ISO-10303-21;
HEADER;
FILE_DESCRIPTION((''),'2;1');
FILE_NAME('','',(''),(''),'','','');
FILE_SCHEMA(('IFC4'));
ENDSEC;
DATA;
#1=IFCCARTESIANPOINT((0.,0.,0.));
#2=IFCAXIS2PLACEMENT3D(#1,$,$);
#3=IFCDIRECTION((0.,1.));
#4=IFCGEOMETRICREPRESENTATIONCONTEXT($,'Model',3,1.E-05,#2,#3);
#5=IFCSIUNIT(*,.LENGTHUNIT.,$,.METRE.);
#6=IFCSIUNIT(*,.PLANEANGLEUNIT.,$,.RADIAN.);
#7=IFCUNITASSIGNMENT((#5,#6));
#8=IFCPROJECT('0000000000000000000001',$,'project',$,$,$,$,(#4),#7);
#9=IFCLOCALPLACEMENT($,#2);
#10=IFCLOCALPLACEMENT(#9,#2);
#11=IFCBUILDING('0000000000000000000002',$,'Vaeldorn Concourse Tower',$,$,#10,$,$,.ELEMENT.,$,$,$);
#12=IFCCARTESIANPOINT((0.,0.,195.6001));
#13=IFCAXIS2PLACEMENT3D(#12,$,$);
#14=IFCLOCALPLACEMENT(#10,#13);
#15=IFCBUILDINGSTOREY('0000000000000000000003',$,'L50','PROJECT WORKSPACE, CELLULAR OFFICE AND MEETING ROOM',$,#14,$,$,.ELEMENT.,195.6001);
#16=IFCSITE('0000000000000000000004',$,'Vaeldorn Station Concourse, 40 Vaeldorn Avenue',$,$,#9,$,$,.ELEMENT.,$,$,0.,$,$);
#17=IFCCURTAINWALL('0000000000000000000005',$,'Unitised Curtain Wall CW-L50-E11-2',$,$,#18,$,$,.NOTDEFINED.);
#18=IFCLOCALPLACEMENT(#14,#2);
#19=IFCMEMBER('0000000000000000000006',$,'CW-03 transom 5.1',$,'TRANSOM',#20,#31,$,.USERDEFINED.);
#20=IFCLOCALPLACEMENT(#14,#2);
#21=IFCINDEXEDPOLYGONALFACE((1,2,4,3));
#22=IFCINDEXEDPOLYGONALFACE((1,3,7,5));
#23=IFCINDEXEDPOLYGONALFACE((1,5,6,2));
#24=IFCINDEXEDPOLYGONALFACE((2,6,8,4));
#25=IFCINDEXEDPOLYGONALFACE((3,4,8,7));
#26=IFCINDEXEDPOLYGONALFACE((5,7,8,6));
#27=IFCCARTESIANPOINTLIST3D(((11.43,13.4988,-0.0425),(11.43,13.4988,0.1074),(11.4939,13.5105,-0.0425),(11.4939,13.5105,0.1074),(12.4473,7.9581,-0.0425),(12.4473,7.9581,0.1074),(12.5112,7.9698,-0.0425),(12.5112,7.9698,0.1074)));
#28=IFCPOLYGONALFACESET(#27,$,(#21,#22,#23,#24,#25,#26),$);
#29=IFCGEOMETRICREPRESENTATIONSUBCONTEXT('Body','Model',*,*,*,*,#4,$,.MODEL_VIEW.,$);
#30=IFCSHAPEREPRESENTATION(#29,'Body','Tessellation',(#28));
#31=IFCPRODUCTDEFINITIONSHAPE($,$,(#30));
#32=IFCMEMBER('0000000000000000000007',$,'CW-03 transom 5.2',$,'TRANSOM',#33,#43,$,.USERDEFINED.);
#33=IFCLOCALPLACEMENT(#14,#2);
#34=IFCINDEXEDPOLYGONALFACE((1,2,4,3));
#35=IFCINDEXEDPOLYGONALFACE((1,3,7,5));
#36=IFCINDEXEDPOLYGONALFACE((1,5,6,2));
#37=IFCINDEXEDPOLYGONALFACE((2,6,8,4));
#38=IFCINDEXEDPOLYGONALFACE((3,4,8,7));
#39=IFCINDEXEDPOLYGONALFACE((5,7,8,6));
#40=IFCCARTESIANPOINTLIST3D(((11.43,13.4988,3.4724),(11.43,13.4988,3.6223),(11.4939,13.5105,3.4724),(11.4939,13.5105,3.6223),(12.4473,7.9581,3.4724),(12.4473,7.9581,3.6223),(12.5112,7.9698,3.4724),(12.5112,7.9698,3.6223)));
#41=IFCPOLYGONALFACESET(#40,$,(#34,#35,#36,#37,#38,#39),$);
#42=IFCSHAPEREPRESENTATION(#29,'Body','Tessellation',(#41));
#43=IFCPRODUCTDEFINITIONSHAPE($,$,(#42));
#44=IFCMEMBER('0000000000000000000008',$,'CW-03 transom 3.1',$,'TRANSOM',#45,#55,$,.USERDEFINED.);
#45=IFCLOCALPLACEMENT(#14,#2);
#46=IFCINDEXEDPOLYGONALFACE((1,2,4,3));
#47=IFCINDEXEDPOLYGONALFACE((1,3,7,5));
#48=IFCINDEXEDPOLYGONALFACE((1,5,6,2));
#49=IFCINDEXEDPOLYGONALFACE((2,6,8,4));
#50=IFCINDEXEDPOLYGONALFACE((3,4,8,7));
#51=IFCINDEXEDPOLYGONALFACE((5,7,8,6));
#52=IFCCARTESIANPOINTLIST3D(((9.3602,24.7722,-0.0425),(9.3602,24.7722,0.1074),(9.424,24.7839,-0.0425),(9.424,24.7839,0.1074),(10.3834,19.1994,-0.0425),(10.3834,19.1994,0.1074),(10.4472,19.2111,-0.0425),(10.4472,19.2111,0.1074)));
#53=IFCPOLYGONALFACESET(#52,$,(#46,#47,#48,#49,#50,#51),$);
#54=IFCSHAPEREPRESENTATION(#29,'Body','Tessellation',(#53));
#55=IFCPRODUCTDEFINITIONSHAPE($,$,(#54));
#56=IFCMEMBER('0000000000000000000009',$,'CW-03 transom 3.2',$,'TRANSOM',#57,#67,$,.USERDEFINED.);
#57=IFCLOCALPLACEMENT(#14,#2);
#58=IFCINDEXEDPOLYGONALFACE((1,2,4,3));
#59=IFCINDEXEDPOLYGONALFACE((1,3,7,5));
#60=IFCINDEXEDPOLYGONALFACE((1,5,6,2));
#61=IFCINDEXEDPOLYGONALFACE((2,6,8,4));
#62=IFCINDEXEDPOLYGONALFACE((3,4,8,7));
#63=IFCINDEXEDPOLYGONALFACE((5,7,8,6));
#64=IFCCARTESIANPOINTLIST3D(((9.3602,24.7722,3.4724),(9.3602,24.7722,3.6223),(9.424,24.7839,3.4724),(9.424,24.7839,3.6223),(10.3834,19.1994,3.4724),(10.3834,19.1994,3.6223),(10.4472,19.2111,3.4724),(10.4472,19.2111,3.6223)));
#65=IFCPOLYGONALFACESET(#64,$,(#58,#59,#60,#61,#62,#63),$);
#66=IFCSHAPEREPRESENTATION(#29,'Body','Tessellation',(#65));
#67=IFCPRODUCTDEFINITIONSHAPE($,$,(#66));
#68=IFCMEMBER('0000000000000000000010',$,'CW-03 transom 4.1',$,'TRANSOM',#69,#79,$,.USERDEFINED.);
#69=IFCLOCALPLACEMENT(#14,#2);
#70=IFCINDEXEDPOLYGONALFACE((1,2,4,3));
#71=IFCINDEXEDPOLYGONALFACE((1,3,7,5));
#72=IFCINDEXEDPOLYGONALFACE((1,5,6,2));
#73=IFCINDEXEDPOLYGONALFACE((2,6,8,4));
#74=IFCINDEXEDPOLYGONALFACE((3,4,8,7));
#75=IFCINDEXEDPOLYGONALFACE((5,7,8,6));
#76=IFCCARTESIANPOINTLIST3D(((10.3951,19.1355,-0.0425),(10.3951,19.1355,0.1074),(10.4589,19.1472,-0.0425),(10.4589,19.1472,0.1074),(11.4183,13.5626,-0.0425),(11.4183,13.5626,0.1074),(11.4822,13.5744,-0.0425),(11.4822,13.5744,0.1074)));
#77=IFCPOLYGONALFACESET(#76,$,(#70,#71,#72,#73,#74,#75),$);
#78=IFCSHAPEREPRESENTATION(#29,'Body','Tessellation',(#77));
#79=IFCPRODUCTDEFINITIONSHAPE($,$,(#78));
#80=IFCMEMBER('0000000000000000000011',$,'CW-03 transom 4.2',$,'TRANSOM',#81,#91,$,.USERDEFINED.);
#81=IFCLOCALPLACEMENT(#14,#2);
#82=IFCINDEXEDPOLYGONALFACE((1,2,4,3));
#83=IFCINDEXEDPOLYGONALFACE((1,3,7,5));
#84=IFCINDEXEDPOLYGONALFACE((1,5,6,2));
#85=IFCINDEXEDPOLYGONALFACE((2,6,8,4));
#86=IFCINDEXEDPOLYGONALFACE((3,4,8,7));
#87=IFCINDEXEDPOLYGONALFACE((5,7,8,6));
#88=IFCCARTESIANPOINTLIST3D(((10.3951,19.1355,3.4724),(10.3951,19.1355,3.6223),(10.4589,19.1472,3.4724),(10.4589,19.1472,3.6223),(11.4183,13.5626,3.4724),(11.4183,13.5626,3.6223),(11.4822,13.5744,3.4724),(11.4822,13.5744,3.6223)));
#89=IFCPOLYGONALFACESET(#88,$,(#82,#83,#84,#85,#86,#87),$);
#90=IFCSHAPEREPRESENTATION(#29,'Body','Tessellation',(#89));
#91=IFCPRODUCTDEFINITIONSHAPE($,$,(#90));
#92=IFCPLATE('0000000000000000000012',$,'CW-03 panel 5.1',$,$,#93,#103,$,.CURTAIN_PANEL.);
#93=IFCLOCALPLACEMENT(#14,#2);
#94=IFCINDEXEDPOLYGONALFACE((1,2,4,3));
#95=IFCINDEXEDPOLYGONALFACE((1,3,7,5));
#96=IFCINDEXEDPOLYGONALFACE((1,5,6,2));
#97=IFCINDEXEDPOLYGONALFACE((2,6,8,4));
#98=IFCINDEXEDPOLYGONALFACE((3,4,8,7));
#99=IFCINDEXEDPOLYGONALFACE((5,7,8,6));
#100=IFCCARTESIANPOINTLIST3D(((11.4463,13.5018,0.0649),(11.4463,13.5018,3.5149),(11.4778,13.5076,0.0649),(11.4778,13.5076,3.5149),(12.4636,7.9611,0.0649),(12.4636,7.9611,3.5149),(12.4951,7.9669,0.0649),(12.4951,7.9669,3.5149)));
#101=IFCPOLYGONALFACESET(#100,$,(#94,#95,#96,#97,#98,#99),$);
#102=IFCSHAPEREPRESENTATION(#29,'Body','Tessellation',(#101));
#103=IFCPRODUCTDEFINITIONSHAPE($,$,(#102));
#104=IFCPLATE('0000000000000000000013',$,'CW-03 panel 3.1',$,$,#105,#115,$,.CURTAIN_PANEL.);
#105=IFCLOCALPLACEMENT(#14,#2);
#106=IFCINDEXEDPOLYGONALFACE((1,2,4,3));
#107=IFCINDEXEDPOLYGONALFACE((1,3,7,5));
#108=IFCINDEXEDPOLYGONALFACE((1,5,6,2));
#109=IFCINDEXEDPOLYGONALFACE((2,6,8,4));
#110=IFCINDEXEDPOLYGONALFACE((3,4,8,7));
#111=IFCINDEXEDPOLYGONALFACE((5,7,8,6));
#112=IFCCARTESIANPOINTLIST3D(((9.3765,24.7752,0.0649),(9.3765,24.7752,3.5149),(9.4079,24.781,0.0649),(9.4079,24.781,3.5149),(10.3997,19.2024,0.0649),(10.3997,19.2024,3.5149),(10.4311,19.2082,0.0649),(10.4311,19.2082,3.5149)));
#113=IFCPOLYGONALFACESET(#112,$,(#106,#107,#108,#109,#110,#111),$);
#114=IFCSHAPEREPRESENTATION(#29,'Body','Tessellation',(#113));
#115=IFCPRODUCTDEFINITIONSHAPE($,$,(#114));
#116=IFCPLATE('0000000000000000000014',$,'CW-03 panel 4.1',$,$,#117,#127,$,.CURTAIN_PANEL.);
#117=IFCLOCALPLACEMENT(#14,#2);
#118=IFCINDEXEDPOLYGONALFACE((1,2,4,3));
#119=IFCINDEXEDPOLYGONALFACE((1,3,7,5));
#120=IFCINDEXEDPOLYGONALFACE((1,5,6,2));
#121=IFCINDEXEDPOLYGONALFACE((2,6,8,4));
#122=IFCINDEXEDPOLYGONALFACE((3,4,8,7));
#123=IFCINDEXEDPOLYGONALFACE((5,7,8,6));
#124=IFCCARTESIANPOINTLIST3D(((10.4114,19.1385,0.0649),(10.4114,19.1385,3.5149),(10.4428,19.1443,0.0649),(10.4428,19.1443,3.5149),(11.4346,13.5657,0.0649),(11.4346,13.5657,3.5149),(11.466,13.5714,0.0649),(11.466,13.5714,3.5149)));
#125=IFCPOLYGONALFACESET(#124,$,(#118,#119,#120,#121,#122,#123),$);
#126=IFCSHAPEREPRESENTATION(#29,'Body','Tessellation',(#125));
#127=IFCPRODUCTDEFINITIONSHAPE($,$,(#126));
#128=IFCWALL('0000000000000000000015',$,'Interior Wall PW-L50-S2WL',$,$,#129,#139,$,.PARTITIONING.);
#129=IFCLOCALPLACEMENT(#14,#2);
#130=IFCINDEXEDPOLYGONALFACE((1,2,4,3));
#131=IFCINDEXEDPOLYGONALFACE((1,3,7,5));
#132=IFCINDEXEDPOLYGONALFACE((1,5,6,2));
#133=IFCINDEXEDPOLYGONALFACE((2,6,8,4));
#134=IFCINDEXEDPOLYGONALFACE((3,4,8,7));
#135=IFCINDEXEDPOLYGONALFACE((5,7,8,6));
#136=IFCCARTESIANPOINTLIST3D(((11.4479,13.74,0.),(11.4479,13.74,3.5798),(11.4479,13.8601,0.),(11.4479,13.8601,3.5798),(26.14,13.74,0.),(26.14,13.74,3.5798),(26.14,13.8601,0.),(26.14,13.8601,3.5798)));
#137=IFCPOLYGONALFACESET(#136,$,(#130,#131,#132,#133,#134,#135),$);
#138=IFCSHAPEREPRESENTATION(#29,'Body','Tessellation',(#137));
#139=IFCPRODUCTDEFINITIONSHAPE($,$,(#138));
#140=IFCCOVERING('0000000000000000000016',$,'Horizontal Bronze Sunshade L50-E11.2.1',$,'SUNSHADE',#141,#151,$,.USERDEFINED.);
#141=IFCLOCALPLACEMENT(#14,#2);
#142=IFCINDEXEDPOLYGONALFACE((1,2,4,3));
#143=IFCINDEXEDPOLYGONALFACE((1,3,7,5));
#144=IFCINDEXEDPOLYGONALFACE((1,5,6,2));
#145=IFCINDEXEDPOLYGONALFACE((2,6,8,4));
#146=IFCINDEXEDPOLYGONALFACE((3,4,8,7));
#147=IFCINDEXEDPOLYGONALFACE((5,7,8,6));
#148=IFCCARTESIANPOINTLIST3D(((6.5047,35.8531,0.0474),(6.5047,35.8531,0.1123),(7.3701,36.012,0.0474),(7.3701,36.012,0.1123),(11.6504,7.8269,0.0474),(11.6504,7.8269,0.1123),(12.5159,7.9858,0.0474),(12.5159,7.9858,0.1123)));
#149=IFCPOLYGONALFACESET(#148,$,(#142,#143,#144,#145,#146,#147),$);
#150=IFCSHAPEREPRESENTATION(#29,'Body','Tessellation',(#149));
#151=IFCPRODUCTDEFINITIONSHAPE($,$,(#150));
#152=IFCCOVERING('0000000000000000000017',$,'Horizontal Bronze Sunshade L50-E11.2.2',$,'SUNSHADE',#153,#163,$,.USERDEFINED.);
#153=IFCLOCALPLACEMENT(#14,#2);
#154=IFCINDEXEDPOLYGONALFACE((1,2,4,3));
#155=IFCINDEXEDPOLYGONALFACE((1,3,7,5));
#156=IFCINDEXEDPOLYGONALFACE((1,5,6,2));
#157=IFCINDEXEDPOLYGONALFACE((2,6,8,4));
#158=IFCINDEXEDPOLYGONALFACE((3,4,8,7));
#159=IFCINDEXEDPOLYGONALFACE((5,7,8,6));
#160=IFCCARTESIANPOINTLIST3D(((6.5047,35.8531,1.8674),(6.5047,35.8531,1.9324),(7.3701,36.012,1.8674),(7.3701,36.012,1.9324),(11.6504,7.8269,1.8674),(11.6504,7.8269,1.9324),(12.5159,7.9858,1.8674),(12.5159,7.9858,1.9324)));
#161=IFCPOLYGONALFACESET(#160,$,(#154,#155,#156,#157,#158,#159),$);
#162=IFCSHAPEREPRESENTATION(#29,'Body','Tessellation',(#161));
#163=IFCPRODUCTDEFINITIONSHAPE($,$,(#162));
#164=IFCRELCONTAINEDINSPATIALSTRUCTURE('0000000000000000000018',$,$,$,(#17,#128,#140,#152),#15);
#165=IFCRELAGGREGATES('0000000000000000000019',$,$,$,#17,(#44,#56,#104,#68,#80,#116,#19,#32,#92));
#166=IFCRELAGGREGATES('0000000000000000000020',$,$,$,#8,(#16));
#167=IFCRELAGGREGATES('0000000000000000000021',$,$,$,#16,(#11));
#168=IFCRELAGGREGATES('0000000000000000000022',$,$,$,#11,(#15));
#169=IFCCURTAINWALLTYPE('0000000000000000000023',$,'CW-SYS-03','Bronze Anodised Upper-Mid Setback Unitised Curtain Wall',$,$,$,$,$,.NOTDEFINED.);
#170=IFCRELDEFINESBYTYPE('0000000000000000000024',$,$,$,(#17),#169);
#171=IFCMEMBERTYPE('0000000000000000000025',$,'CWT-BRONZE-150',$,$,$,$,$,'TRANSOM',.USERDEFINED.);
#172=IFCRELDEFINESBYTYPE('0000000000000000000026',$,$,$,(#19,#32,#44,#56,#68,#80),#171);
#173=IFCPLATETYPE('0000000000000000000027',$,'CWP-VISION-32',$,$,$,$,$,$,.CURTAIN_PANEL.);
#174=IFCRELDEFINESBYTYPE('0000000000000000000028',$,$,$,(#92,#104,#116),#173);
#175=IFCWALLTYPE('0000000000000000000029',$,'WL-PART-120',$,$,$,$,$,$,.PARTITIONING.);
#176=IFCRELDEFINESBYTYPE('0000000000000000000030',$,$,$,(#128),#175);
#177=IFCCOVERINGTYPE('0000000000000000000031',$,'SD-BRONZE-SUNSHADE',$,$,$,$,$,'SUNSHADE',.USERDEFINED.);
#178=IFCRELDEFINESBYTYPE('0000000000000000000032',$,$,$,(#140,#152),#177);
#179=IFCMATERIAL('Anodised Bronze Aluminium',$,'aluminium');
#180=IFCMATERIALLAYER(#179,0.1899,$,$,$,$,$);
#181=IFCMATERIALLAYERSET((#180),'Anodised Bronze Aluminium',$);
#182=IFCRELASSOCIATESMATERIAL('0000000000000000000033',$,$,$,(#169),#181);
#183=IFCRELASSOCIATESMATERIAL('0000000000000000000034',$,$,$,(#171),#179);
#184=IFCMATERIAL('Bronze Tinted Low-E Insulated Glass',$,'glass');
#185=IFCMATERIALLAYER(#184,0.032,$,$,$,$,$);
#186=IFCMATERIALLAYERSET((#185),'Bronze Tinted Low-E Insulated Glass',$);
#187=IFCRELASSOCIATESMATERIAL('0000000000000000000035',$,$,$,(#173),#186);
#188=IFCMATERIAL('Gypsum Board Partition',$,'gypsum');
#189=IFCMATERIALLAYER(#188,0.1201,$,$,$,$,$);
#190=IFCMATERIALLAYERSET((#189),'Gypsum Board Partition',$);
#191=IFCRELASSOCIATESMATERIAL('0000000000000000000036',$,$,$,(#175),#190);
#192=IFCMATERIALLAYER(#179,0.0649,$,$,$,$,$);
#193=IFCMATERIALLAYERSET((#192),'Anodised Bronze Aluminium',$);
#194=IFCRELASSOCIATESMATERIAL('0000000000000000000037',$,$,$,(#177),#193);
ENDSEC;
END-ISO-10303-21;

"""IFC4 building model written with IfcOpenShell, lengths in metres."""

from ifc_helpers import new_model, si_unit, direction, frame, frame_2d, origin, origin_2d, place, context, subcontext, project, spatial, rectangle, extrude, source, transform, mapped, material, layer, layer_set, material_profile, profile_set, type_object, element, aggregate, save


model = new_model("IFC4")

# Units and contexts
model_context = context("Model", 3, precision=1e-05, world=origin(), true_north=direction((0.0, 1.0)))
body_context = subcontext(model_context, "Body", "Model", "MODEL_VIEW")
ifc_project = project(units=[si_unit("LENGTHUNIT", "METRE"), si_unit("PLANEANGLEUNIT", "RADIAN")], contexts=[model_context])

# Site, building, storey
site_placement = place(None, origin())
site = spatial("IfcSite", under=ifc_project, at=site_placement, Name="Vaeldorn Station Concourse, 40 Vaeldorn Avenue", CompositionType="ELEMENT", RefElevation=0.0)
building_placement = place(site_placement, origin())
building = spatial("IfcBuilding", under=site, at=building_placement, Name="Vaeldorn Concourse Tower", CompositionType="ELEMENT")
storey_placement = place(building_placement, frame((0.0, 0.0, 195.6001)))
storey = spatial("IfcBuildingStorey", under=building, at=storey_placement, Name="L50", Description="PROJECT WORKSPACE, CELLULAR OFFICE AND MEETING ROOM", CompositionType="ELEMENT", Elevation=195.6001)

# Curtain wall
ifc_material_1 = material(Name="Anodised Bronze Aluminium", Category="aluminium")
ifc_layer_1 = layer(ifc_material_1, 0.1899)
ifc_layer_set_1 = layer_set([ifc_layer_1], Name="Anodised Bronze Aluminium")
curtain_wall_type = type_object("IfcCurtainWallType", Name="CW-SYS-03", Description="Bronze Anodised Upper-Mid Setback Unitised Curtain Wall", PredefinedType="NOTDEFINED", material=ifc_layer_set_1)
curtain_wall_1_placement = place(storey_placement, origin())
curtain_wall_1 = element("IfcCurtainWall", 1, at=curtain_wall_1_placement, inside=storey, type_object=curtain_wall_type, Name="Unitised Curtain Wall CW-L50-E11-2", PredefinedType="NOTDEFINED")
ifc_material_profile_1 = material_profile(ifc_material_1, rectangle(XDim=0.0649, YDim=0.1499, at=origin_2d()), Name="CWT 65x150")
ifc_profile_set_1 = profile_set([ifc_material_profile_1], Name="Anodised Bronze Aluminium")
member_type_1 = type_object("IfcMemberType", Name="CWT-BRONZE-150", ElementType="TRANSOM", PredefinedType="USERDEFINED", material=ifc_profile_set_1)

# Members
shared_shape_1 = source(origin(), body_context, "Body", "SweptSolid", [
    extrude(rectangle(XDim=0.0649, YDim=0.1499, at=origin_2d()), origin(), (0.0, 0.0, 1.0), 5.6333),
])
member_1_placement = place(storey_placement, frame((11.4619, 13.5046, 0.0325), z_axis=(0.18059, -0.983558, 0.0), x_axis=(0.983558, 0.18059, 0.0)))
member_1 = element("IfcMember", 2, at=member_1_placement, type_object=member_type_1, Name="CW-03 transom 5.1", ObjectType="TRANSOM", PredefinedType="USERDEFINED", context=body_context, shape_type="MappedRepresentation", body=[
    mapped(shared_shape_1, transform((0.0, 0.0, 0.0), scale=1.0)),
])
member_2_placement = place(storey_placement, frame((11.4619, 13.5046, 3.5474), z_axis=(0.18059, -0.983558, 0.0), x_axis=(0.983558, 0.18059, 0.0)))
member_2 = element("IfcMember", 3, at=member_2_placement, type_object=member_type_1, Name="CW-03 transom 5.2", ObjectType="TRANSOM", PredefinedType="USERDEFINED", context=body_context, shape_type="MappedRepresentation", body=[
    mapped(shared_shape_1, transform((0.0, 0.0, 0.0), scale=1.0)),
])
shared_shape_2 = source(origin(), body_context, "Body", "SweptSolid", [
    extrude(rectangle(XDim=0.0649, YDim=0.1499, at=origin_2d()), origin(), (0.0, 0.0, 1.0), 5.666),
])
member_3_placement = place(storey_placement, frame((9.3921, 24.7781, 0.0325), z_axis=(0.180588, -0.983559, 0.0), x_axis=(0.983559, 0.180588, 0.0)))
member_3 = element("IfcMember", 4, at=member_3_placement, type_object=member_type_1, Name="CW-03 transom 3.1", ObjectType="TRANSOM", PredefinedType="USERDEFINED", context=body_context, shape_type="MappedRepresentation", body=[
    mapped(shared_shape_2, transform((0.0, 0.0, 0.0), scale=1.0)),
])
member_4_placement = place(storey_placement, frame((9.3921, 24.7781, 3.5474), z_axis=(0.180588, -0.983559, 0.0), x_axis=(0.983559, 0.180588, 0.0)))
member_4 = element("IfcMember", 5, at=member_4_placement, type_object=member_type_1, Name="CW-03 transom 3.2", ObjectType="TRANSOM", PredefinedType="USERDEFINED", context=body_context, shape_type="MappedRepresentation", body=[
    mapped(shared_shape_2, transform((0.0, 0.0, 0.0), scale=1.0)),
])
member_5_placement = place(storey_placement, frame((10.427, 19.1414, 0.0325), z_axis=(0.180588, -0.983559, 0.0), x_axis=(0.983559, 0.180588, 0.0)))
member_5 = element("IfcMember", 6, at=member_5_placement, type_object=member_type_1, Name="CW-03 transom 4.1", ObjectType="TRANSOM", PredefinedType="USERDEFINED", context=body_context, shape_type="MappedRepresentation", body=[
    mapped(shared_shape_2, transform((0.0, 0.0, 0.0), scale=1.0)),
])
member_6_placement = place(storey_placement, frame((10.427, 19.1414, 3.5474), z_axis=(0.180588, -0.983559, 0.0), x_axis=(0.983559, 0.180588, 0.0)))
member_6 = element("IfcMember", 7, at=member_6_placement, type_object=member_type_1, Name="CW-03 transom 4.2", ObjectType="TRANSOM", PredefinedType="USERDEFINED", context=body_context, shape_type="MappedRepresentation", body=[
    mapped(shared_shape_2, transform((0.0, 0.0, 0.0), scale=1.0)),
])

# Plates
ifc_material_2 = material(Name="Bronze Tinted Low-E Insulated Glass", Category="glass")
ifc_layer_2 = layer(ifc_material_2, 0.032)
ifc_layer_set_2 = layer_set([ifc_layer_2], Name="Bronze Tinted Low-E Insulated Glass")
plate_type = type_object("IfcPlateType", Name="CWP-VISION-32", PredefinedType="CURTAIN_PANEL", material=ifc_layer_set_2)
shared_shape_3 = source(origin(), body_context, "Body", "SweptSolid", [
    extrude(rectangle(XDim=5.6333, YDim=0.032, at=origin_2d()), origin(), (0.0, 0.0, 1.0), 3.45),
])
plate_1_placement = place(storey_placement, frame((11.9707, 10.7344, 0.0649), z_axis=(0.0, 0.0, 1.0), x_axis=(0.180585, -0.983559, 0.0)))
plate_1 = element("IfcPlate", 8, at=plate_1_placement, type_object=plate_type, Name="CW-03 panel 5.1", PredefinedType="CURTAIN_PANEL", context=body_context, shape_type="MappedRepresentation", body=[
    mapped(shared_shape_3, transform((0.0, 0.0, 0.0), scale=1.0)),
])
shared_shape_4 = source(origin(), body_context, "Body", "SweptSolid", [
    extrude(rectangle(XDim=5.666, YDim=0.032, at=origin_2d()), origin(), (0.0, 0.0, 1.0), 3.45),
])
plate_2_placement = place(storey_placement, frame((9.9038, 21.9917, 0.0649), z_axis=(0.0, 0.0, 1.0), x_axis=(0.180585, -0.983559, 0.0)))
plate_2 = element("IfcPlate", 9, at=plate_2_placement, type_object=plate_type, Name="CW-03 panel 3.1", PredefinedType="CURTAIN_PANEL", context=body_context, shape_type="MappedRepresentation", body=[
    mapped(shared_shape_4, transform((0.0, 0.0, 0.0), scale=1.0)),
])
plate_3_placement = place(storey_placement, frame((10.9387, 16.355, 0.0649), z_axis=(0.0, 0.0, 1.0), x_axis=(0.180585, -0.983559, 0.0)))
plate_3 = element("IfcPlate", 10, at=plate_3_placement, type_object=plate_type, Name="CW-03 panel 4.1", PredefinedType="CURTAIN_PANEL", context=body_context, shape_type="MappedRepresentation", body=[
    mapped(shared_shape_4, transform((0.0, 0.0, 0.0), scale=1.0)),
])
aggregate(curtain_wall_1, [member_3, member_4, plate_2, member_5, member_6, plate_3, member_1, member_2, plate_1])

# Wall
ifc_material_3 = material(Name="Gypsum Board Partition", Category="gypsum")
ifc_layer_3 = layer(ifc_material_3, 0.1201)
ifc_layer_set_3 = layer_set([ifc_layer_3], Name="Gypsum Board Partition")
wall_type = type_object("IfcWallType", Name="WL-PART-120", PredefinedType="PARTITIONING", material=ifc_layer_set_3)
wall_placement = place(storey_placement, frame((11.4478, 13.8, 0.0), z_axis=(0.0, 0.0, 1.0), x_axis=(1.0, 0.0, 0.0)))
element("IfcWall", 11, at=wall_placement, inside=storey, type_object=wall_type, Name="Interior Wall PW-L50-S2WL", PredefinedType="PARTITIONING", context=body_context, shape_type="SweptSolid", body=[
    extrude(rectangle(XDim=14.6921, YDim=0.1201, at=frame_2d((7.3462, 0.0))), origin(), (0.0, 0.0, 1.0), 3.5798),
])

# Coverings
ifc_layer_4 = layer(ifc_material_1, 0.0649)
ifc_layer_set_4 = layer_set([ifc_layer_4], Name="Anodised Bronze Aluminium")
covering_type = type_object("IfcCoveringType", Name="SD-BRONZE-SUNSHADE", ElementType="SUNSHADE", PredefinedType="USERDEFINED", material=ifc_layer_set_4)
shared_shape_5 = source(origin(), body_context, "Body", "SweptSolid", [
    extrude(rectangle(XDim=28.4946, YDim=0.8799, at=origin_2d()), origin(), (0.0, 0.0, 1.0), 0.0649),
])
for number, where, z_axis, x_axis, name in (
    (12, (9.5103, 21.9194, 0.0474), (0.0, 0.0, 1.0), (0.180588, -0.983559, 0.0), "Horizontal Bronze Sunshade L50-E11.2.1"),
    (13, (9.5103, 21.9194, 1.8674), (0.0, 0.0, 1.0), (0.180588, -0.983559, 0.0), "Horizontal Bronze Sunshade L50-E11.2.2"),
):
    element("IfcCovering", number, at=place(storey_placement, frame(where, z_axis=z_axis, x_axis=x_axis)), inside=storey, type_object=covering_type, Name=name, ObjectType="SUNSHADE", PredefinedType="USERDEFINED", context=body_context, shape_type="MappedRepresentation", body=[
        mapped(shared_shape_5, transform((0.0, 0.0, 0.0), scale=1.0)),
    ])

save(model, "model.ifc")
